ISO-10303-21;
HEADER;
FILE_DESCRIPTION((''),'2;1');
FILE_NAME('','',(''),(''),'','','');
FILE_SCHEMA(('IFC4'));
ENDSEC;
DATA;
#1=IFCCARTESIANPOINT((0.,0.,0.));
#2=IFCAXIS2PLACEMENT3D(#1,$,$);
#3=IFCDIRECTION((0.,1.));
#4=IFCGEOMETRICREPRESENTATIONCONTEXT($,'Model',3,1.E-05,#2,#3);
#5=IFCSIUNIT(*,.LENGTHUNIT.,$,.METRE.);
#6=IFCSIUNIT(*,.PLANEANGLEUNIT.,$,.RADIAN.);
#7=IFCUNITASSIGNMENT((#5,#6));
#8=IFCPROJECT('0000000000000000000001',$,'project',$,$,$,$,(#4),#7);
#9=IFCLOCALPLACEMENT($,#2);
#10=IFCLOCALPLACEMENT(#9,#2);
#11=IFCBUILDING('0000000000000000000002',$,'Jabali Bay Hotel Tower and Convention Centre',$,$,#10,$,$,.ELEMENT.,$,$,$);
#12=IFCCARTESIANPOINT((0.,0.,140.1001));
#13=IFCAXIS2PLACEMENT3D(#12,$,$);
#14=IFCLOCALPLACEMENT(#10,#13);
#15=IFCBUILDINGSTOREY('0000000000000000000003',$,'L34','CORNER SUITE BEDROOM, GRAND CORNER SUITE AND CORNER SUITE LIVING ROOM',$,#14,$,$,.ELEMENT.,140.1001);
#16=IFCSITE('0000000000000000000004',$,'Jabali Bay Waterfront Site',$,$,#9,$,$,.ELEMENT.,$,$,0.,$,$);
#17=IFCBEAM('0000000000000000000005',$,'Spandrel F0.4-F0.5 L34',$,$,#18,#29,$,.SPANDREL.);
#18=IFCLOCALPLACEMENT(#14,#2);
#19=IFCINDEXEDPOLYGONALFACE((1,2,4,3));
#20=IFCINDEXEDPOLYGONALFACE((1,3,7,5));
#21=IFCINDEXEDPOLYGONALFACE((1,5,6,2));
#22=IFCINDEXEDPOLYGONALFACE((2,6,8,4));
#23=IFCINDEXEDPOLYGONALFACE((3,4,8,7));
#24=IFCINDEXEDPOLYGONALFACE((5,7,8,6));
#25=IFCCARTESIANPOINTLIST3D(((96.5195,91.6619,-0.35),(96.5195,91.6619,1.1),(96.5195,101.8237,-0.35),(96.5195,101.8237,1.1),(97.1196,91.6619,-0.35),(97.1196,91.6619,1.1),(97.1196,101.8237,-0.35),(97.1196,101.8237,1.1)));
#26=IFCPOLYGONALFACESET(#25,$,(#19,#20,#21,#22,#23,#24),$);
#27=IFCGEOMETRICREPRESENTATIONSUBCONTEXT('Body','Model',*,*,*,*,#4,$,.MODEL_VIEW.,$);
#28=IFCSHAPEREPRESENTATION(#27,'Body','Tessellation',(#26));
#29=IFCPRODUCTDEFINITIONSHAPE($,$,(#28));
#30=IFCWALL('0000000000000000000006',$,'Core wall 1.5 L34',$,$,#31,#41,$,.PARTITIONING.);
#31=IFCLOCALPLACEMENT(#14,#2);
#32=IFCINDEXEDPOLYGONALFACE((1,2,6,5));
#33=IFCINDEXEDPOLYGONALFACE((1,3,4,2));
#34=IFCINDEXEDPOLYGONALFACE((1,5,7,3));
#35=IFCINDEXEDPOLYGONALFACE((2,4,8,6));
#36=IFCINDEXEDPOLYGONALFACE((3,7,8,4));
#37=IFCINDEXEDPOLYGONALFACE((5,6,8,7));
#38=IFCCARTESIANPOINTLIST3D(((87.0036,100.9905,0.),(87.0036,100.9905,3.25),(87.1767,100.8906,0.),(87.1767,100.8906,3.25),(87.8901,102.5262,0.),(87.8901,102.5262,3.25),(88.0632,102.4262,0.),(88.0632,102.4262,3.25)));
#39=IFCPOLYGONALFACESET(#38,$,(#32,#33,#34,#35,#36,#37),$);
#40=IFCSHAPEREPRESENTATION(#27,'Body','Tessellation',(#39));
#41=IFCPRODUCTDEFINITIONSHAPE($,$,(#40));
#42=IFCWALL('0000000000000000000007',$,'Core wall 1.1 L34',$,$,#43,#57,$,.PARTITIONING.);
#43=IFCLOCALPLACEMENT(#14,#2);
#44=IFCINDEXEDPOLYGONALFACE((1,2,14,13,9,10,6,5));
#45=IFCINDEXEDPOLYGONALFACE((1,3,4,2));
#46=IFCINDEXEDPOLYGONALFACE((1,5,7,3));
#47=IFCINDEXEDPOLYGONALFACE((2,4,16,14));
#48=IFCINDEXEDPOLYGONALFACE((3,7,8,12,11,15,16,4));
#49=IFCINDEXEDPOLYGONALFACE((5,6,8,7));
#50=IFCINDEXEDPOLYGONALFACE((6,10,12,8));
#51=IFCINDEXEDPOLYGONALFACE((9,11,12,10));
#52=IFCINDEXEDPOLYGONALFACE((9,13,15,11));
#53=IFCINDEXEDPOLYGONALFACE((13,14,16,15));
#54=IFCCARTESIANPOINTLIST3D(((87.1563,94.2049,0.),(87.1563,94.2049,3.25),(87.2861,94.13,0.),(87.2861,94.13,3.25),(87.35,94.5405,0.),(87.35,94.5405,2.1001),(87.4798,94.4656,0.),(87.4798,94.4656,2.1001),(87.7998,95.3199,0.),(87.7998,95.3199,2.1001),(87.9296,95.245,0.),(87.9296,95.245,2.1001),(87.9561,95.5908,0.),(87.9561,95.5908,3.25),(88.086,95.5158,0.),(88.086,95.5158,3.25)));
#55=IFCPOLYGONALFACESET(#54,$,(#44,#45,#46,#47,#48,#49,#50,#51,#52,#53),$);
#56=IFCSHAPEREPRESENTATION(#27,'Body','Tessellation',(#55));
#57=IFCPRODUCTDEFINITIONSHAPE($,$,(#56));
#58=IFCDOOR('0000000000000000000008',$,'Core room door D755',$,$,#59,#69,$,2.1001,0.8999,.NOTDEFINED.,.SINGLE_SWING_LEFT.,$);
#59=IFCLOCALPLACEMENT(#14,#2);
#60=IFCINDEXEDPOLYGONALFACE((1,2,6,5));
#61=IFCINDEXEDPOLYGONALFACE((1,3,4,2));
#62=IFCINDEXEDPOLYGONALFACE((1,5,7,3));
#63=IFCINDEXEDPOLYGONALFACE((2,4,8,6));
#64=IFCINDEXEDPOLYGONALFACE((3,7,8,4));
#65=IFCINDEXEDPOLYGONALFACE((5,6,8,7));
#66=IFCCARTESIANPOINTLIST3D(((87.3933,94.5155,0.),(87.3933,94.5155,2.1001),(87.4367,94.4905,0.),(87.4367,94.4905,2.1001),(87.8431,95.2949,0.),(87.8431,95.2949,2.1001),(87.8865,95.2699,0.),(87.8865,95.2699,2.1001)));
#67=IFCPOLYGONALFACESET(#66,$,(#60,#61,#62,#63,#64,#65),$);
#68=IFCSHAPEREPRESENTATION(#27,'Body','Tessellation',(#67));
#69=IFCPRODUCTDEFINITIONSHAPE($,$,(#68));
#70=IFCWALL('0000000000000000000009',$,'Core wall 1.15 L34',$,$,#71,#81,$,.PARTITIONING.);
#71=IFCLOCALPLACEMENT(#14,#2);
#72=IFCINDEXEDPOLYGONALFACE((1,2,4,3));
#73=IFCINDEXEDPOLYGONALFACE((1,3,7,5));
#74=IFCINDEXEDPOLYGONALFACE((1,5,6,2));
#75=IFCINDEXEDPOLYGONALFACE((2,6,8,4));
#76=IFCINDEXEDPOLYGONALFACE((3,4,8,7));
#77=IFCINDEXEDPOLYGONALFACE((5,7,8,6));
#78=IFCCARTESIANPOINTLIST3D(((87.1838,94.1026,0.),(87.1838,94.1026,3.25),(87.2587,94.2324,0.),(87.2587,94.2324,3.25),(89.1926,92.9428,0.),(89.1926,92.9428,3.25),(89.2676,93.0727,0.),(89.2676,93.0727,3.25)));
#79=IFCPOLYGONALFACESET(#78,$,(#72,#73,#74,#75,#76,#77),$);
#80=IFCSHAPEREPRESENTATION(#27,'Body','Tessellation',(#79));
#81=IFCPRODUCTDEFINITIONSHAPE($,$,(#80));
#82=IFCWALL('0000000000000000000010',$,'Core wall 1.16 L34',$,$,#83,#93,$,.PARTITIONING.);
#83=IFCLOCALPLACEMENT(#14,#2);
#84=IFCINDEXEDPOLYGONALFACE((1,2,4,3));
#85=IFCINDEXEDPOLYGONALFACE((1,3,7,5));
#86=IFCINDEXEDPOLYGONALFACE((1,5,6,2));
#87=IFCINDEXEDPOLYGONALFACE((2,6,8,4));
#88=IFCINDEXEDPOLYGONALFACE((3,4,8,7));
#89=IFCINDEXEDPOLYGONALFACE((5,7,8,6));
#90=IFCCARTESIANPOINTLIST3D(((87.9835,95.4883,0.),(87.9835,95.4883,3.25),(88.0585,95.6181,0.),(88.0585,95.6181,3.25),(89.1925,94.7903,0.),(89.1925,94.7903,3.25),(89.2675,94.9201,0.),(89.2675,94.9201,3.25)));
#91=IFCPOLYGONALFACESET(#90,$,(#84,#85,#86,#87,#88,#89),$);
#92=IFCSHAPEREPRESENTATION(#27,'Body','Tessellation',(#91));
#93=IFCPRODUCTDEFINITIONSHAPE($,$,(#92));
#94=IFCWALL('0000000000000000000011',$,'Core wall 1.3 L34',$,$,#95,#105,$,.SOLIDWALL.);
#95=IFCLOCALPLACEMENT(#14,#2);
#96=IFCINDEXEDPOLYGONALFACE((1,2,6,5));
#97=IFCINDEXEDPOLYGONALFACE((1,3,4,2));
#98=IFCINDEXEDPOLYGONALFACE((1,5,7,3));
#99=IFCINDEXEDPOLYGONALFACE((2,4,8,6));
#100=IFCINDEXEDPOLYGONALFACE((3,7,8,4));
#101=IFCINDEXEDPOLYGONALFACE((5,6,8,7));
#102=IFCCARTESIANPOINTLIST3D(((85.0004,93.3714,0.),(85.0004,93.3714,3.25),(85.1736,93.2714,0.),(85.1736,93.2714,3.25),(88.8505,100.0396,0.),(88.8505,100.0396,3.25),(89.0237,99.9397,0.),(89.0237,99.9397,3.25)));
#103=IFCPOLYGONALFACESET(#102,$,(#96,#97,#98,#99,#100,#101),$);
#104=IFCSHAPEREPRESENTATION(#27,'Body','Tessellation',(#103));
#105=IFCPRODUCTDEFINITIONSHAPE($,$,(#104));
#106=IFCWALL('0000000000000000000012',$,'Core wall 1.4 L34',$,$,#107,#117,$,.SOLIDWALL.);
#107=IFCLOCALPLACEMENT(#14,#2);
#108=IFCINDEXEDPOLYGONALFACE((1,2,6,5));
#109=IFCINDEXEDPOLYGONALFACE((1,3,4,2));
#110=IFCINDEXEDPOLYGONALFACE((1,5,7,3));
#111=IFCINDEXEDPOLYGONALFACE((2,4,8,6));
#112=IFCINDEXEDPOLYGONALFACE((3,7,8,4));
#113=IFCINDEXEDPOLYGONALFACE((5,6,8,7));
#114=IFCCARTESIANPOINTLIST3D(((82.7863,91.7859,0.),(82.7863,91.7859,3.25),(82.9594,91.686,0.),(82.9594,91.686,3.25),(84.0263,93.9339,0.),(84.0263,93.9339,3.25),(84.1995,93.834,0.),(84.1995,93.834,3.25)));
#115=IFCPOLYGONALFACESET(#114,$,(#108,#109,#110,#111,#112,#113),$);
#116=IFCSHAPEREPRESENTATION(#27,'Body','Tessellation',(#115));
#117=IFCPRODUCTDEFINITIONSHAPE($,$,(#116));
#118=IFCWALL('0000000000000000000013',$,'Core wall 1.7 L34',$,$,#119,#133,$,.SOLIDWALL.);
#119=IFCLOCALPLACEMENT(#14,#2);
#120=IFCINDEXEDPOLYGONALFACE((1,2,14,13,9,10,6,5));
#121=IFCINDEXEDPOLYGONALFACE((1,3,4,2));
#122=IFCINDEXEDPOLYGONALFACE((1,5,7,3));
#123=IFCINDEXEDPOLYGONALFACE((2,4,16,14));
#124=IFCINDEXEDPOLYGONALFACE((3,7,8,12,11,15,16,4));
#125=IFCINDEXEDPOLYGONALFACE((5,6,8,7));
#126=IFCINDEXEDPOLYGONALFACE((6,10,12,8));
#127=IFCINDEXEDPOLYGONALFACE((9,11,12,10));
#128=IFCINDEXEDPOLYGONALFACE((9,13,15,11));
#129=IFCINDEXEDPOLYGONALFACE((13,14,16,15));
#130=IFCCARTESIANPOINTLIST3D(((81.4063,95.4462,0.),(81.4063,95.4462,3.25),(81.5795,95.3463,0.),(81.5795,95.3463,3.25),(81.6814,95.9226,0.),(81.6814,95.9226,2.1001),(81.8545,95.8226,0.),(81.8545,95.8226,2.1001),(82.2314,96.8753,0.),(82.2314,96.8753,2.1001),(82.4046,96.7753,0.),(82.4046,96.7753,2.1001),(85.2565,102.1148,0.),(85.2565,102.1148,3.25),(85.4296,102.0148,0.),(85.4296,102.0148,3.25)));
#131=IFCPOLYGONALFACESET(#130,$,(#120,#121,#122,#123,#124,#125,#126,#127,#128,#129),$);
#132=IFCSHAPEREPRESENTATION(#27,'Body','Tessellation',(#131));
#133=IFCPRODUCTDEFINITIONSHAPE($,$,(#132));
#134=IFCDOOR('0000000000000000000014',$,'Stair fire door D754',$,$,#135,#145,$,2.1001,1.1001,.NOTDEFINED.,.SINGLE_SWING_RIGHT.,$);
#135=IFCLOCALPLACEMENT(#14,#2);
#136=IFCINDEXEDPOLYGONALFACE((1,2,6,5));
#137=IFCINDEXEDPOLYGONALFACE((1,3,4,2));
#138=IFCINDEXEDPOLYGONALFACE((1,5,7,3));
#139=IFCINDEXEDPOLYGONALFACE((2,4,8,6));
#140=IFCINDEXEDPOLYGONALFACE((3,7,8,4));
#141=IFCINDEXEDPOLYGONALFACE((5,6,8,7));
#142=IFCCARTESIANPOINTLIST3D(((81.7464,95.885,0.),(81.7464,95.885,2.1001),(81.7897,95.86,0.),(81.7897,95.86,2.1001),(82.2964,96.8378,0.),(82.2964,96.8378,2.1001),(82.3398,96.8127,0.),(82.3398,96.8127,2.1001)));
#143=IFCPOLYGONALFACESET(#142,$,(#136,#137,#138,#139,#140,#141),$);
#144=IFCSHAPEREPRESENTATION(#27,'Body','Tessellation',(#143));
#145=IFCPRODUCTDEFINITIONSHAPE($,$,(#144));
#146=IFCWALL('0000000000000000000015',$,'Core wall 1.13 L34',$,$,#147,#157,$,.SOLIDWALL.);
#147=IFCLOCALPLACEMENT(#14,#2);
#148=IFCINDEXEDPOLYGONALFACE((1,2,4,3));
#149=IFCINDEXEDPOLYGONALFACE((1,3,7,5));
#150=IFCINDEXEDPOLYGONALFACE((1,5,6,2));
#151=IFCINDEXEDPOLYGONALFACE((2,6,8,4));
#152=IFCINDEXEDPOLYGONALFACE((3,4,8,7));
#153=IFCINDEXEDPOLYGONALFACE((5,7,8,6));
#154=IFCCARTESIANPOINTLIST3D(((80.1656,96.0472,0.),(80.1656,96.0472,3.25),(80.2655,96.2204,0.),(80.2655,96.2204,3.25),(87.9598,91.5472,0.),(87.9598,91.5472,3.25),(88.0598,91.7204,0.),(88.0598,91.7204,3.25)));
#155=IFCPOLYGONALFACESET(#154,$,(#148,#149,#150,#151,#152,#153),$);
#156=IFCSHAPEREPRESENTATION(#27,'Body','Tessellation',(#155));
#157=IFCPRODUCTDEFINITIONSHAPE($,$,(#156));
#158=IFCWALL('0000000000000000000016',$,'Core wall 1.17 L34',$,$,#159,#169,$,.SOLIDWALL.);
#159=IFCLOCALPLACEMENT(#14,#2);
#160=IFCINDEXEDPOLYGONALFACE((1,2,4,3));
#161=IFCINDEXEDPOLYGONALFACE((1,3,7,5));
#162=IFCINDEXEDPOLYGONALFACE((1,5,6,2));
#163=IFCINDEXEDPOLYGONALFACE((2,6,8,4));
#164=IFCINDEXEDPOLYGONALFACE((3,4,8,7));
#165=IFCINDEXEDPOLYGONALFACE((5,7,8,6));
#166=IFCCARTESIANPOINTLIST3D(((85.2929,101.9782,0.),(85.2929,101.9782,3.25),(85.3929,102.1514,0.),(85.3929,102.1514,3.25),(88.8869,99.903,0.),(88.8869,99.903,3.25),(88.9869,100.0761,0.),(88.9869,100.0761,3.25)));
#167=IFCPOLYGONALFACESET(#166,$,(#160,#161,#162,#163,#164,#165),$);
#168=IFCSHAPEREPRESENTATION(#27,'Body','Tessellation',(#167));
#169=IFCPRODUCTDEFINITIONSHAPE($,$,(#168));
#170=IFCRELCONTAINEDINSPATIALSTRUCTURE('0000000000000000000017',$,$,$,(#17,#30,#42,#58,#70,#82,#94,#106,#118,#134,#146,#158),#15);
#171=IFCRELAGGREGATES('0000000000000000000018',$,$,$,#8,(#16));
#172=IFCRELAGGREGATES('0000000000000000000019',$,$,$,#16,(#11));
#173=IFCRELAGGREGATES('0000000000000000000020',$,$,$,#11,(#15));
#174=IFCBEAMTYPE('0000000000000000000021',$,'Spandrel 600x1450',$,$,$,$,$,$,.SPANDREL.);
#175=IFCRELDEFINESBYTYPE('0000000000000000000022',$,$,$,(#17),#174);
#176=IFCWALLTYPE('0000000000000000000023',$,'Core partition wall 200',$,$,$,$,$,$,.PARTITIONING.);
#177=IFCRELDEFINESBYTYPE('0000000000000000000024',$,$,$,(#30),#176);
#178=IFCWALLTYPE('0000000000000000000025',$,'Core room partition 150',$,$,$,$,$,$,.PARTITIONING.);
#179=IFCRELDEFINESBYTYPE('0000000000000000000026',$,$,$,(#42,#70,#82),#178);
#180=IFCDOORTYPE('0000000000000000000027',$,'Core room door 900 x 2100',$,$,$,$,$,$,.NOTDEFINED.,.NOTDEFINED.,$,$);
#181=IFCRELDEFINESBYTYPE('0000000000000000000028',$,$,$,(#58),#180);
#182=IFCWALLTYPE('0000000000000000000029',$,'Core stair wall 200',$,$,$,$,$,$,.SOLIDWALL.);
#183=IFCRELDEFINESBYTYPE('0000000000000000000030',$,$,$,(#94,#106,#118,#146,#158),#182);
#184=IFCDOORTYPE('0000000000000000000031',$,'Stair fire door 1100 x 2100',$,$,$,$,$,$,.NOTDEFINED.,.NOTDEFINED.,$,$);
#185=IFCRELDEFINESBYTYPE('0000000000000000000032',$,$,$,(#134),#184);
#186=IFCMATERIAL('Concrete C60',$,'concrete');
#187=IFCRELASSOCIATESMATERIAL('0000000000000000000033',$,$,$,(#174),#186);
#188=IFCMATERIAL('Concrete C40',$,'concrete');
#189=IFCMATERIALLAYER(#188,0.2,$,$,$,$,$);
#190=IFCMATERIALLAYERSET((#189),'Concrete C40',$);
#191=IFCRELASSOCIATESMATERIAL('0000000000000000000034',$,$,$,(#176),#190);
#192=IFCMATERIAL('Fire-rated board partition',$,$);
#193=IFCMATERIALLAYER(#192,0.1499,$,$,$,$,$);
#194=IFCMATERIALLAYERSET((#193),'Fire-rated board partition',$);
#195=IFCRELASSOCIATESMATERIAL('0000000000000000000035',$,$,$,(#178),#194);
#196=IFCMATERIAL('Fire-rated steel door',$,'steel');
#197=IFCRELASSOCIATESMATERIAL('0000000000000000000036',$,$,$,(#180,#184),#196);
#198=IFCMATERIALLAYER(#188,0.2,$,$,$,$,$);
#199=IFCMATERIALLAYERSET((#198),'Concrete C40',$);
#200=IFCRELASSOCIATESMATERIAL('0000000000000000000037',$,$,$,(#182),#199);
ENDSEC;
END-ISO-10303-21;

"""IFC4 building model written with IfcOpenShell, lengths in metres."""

from ifc_helpers import new_model, si_unit, direction, frame, frame_2d, origin, origin_2d, place, context, subcontext, project, spatial, rectangle, extrude, material, layer, layer_set, material_profile, profile_set, type_object, element, fill, save


model = new_model("IFC4")

# Units and contexts
model_context = context("Model", 3, precision=1e-05, world=origin(), true_north=direction((0.0, 1.0)))
body_context = subcontext(model_context, "Body", "Model", "MODEL_VIEW")
ifc_project = project(units=[si_unit("LENGTHUNIT", "METRE"), si_unit("PLANEANGLEUNIT", "RADIAN")], contexts=[model_context])

# Site, building, storey
site_placement = place(None, origin())
site = spatial("IfcSite", under=ifc_project, at=site_placement, Name="Jabali Bay Waterfront Site", CompositionType="ELEMENT", RefElevation=0.0)
building_placement = place(site_placement, origin())
building = spatial("IfcBuilding", under=site, at=building_placement, Name="Jabali Bay Hotel Tower and Convention Centre", CompositionType="ELEMENT")
storey_placement = place(building_placement, frame((0.0, 0.0, 140.1001)))
storey = spatial("IfcBuildingStorey", under=building, at=storey_placement, Name="L34", Description="CORNER SUITE BEDROOM, GRAND CORNER SUITE AND CORNER SUITE LIVING ROOM", CompositionType="ELEMENT", Elevation=140.1001)

# Beam
ifc_material_1 = material(Name="Concrete C60", Category="concrete")
ifc_material_profile = material_profile(ifc_material_1, rectangle(XDim=0.6001, YDim=1.45, at=origin_2d()), Name="Spandrel 600x1450")
ifc_profile_set = profile_set([ifc_material_profile], Name="Concrete C60")
beam_type = type_object("IfcBeamType", Name="Spandrel 600x1450", PredefinedType="SPANDREL", material=ifc_profile_set)
beam_placement = place(storey_placement, frame((96.8196, 91.6619, 0.375), z_axis=(0.0, 1.0, 0.0), x_axis=(-1.0, 0.0, 0.0)))
element("IfcBeam", 1, at=beam_placement, inside=storey, type_object=beam_type, Name="Spandrel F0.4-F0.5 L34", PredefinedType="SPANDREL", context=body_context, shape_type="SweptSolid", body=[
    extrude(rectangle(XDim=0.6001, YDim=1.45, at=origin_2d()), origin(), (0.0, 0.0, 1.0), 10.1619),
])

# Wall
ifc_material_2 = material(Name="Concrete C40", Category="concrete")
ifc_layer_1 = layer(ifc_material_2, 0.2)
ifc_layer_set_1 = layer_set([ifc_layer_1], Name="Concrete C40")
wall_type_1 = type_object("IfcWallType", Name="Core partition wall 200", PredefinedType="PARTITIONING", material=ifc_layer_set_1)
wall_1_placement = place(storey_placement, frame((87.0901, 100.9404, 0.0), z_axis=(0.0, 0.0, 1.0), x_axis=(0.499945, 0.866057, 0.0)))
element("IfcWall", 2, at=wall_1_placement, inside=storey, type_object=wall_type_1, Name="Core wall 1.5 L34", PredefinedType="PARTITIONING", context=body_context, shape_type="SweptSolid", body=[
    extrude(rectangle(XDim=1.7732, YDim=0.2, at=frame_2d((0.8867, 0.0))), origin(), (0.0, 0.0, 1.0), 3.25),
])

# Wall, opening, door
ifc_material_3 = material(Name="Fire-rated board partition")
ifc_layer_2 = layer(ifc_material_3, 0.1499)
ifc_layer_set_2 = layer_set([ifc_layer_2], Name="Fire-rated board partition")
wall_type_2 = type_object("IfcWallType", Name="Core room partition 150", PredefinedType="PARTITIONING", material=ifc_layer_set_2)
wall_2_placement = place(storey_placement, frame((87.2212, 94.1675, 0.0), z_axis=(0.0, 0.0, 1.0), x_axis=(0.499881, 0.866094, 0.0)))
wall_2 = element("IfcWall", 3, at=wall_2_placement, inside=storey, type_object=wall_type_2, Name="Core wall 1.1 L34", PredefinedType="PARTITIONING", context=body_context, shape_type="SweptSolid", body=[
    extrude(rectangle(XDim=1.6001, YDim=0.1499, at=frame_2d((0.8, 0.0))), origin(), (0.0, 0.0, 1.0), 3.25),
])
opening_1_placement = place(wall_2_placement, frame((0.3875, 0.0, 0.0)))
opening_1 = element("IfcOpeningElement", 4, at=opening_1_placement, cuts=wall_2, PredefinedType="OPENING", context=body_context, shape_type="SweptSolid", body=[
    extrude(rectangle(XDim=0.8999, YDim=2.1001, at=frame_2d((0.45, 1.05))), frame((0.0, 0.0854, 0.0), z_axis=(0.0, -1.0, 0.0), x_axis=(1.0, 0.0, 0.0)), (0.0, 0.0, 1.0), 0.1709),
])
ifc_material_4 = material(Name="Fire-rated steel door", Category="steel")
door_type_1 = type_object("IfcDoorType", Name="Core room door 900 x 2100", OperationType="NOTDEFINED", PredefinedType="NOTDEFINED", material=ifc_material_4)
door_1_placement = place(opening_1_placement, origin())
door_1 = element("IfcDoor", 5, at=door_1_placement, inside=storey, type_object=door_type_1, Name="Core room door D755", OperationType="SINGLE_SWING_LEFT", OverallHeight=2.1001, OverallWidth=0.8999, PredefinedType="NOTDEFINED", context=body_context, shape_type="SweptSolid", body=[
    extrude(rectangle(XDim=0.8999, YDim=2.1001, at=frame_2d((0.45, 1.05))), frame((0.0, 0.0249, 0.0), z_axis=(0.0, -1.0, 0.0), x_axis=(1.0, 0.0, 0.0)), (0.0, 0.0, 1.0), 0.05),
])
fill(opening_1, door_1)

# Walls
wall_3_placement = place(storey_placement, frame((89.23, 93.0078, 0.0), z_axis=(0.0, 0.0, 1.0), x_axis=(-0.866045, 0.499965, 0.0)))
element("IfcWall", 6, at=wall_3_placement, inside=storey, type_object=wall_type_2, Name="Core wall 1.15 L34", PredefinedType="PARTITIONING", context=body_context, shape_type="SweptSolid", body=[
    extrude(rectangle(XDim=2.3196, YDim=0.1499, at=frame_2d((1.1597, 0.0))), origin(), (0.0, 0.0, 1.0), 3.25),
])
wall_4_placement = place(storey_placement, frame((89.23, 94.8552, 0.0), z_axis=(0.0, 0.0, 1.0), x_axis=(-0.866028, 0.499995, 0.0)))
element("IfcWall", 7, at=wall_4_placement, inside=storey, type_object=wall_type_2, Name="Core wall 1.16 L34", PredefinedType="PARTITIONING", context=body_context, shape_type="SweptSolid", body=[
    extrude(rectangle(XDim=1.396, YDim=0.1499, at=frame_2d((0.698, 0.0))), origin(), (0.0, 0.0, 1.0), 3.25),
])
ifc_layer_3 = layer(ifc_material_2, 0.2)
ifc_layer_set_3 = layer_set([ifc_layer_3], Name="Concrete C40")
wall_type_3 = type_object("IfcWallType", Name="Core stair wall 200", PredefinedType="SOLIDWALL", material=ifc_layer_set_3)
wall_5_placement = place(storey_placement, frame((85.0869, 93.3213, 0.0), z_axis=(0.0, 0.0, 1.0), x_axis=(0.50002, 0.866014, 0.0)))
element("IfcWall", 8, at=wall_5_placement, inside=storey, type_object=wall_type_3, Name="Core wall 1.3 L34", PredefinedType="SOLIDWALL", context=body_context, shape_type="SweptSolid", body=[
    extrude(rectangle(XDim=7.7, YDim=0.2, at=frame_2d((3.8501, 0.0))), origin(), (0.0, 0.0, 1.0), 3.25),
])
wall_6_placement = place(storey_placement, frame((82.8728, 91.7358, 0.0), z_axis=(0.0, 0.0, 1.0), x_axis=(0.499961, 0.866048, 0.0)))
element("IfcWall", 9, at=wall_6_placement, inside=storey, type_object=wall_type_3, Name="Core wall 1.4 L34", PredefinedType="SOLIDWALL", context=body_context, shape_type="SweptSolid", body=[
    extrude(rectangle(XDim=2.4802, YDim=0.2, at=frame_2d((1.2402, 0.0))), origin(), (0.0, 0.0, 1.0), 3.25),
])

# Wall, opening, door
wall_7_placement = place(storey_placement, frame((81.4929, 95.3962, 0.0), z_axis=(0.0, 0.0, 1.0), x_axis=(0.500006, 0.866022, 0.0)))
wall_7 = element("IfcWall", 10, at=wall_7_placement, inside=storey, type_object=wall_type_3, Name="Core wall 1.7 L34", PredefinedType="SOLIDWALL", context=body_context, shape_type="SweptSolid", body=[
    extrude(rectangle(XDim=7.7002, YDim=0.2, at=frame_2d((3.8501, 0.0))), origin(), (0.0, 0.0, 1.0), 3.25),
])
opening_2_placement = place(wall_7_placement, frame((0.55, 0.0, 0.0)))
opening_2 = element("IfcOpeningElement", 11, at=opening_2_placement, cuts=wall_7, PredefinedType="OPENING", context=body_context, shape_type="SweptSolid", body=[
    extrude(rectangle(XDim=1.1001, YDim=2.1001, at=frame_2d((0.55, 1.05))), frame((0.0, 0.1104, 0.0), z_axis=(0.0, -1.0, 0.0), x_axis=(1.0, 0.0, 0.0)), (0.0, 0.0, 1.0), 0.2209),
])
door_type_2 = type_object("IfcDoorType", Name="Stair fire door 1100 x 2100", OperationType="NOTDEFINED", PredefinedType="NOTDEFINED", material=ifc_material_4)
door_2_placement = place(opening_2_placement, origin())
door_2 = element("IfcDoor", 12, at=door_2_placement, inside=storey, type_object=door_type_2, Name="Stair fire door D754", OperationType="SINGLE_SWING_RIGHT", OverallHeight=2.1001, OverallWidth=1.1001, PredefinedType="NOTDEFINED", context=body_context, shape_type="SweptSolid", body=[
    extrude(rectangle(XDim=1.1001, YDim=2.1001, at=frame_2d((0.55, 1.05))), frame((0.0, 0.0249, 0.0), z_axis=(0.0, -1.0, 0.0), x_axis=(1.0, 0.0, 0.0)), (0.0, 0.0, 1.0), 0.05),
])
fill(opening_2, door_2)

# Walls
wall_8_placement = place(storey_placement, frame((88.0098, 91.6338, 0.0), z_axis=(0.0, 0.0, 1.0), x_axis=(-0.866024, 0.500002, 0.0)))
element("IfcWall", 13, at=wall_8_placement, inside=storey, type_object=wall_type_3, Name="Core wall 1.13 L34", PredefinedType="SOLIDWALL", context=body_context, shape_type="SweptSolid", body=[
    extrude(rectangle(XDim=9.0, YDim=0.2, at=frame_2d((4.5, 0.0))), origin(), (0.0, 0.0, 1.0), 3.25),
])
wall_9_placement = place(storey_placement, frame((88.937, 99.9895, 0.0), z_axis=(0.0, 0.0, 1.0), x_axis=(-0.866004, 0.500036, 0.0)))
element("IfcWall", 14, at=wall_9_placement, inside=storey, type_object=wall_type_3, Name="Core wall 1.17 L34", PredefinedType="SOLIDWALL", context=body_context, shape_type="SweptSolid", body=[
    extrude(rectangle(XDim=4.1501, YDim=0.2, at=frame_2d((2.0752, 0.0))), origin(), (0.0, 0.0, 1.0), 3.25),
])

save(model, "model.ifc")
